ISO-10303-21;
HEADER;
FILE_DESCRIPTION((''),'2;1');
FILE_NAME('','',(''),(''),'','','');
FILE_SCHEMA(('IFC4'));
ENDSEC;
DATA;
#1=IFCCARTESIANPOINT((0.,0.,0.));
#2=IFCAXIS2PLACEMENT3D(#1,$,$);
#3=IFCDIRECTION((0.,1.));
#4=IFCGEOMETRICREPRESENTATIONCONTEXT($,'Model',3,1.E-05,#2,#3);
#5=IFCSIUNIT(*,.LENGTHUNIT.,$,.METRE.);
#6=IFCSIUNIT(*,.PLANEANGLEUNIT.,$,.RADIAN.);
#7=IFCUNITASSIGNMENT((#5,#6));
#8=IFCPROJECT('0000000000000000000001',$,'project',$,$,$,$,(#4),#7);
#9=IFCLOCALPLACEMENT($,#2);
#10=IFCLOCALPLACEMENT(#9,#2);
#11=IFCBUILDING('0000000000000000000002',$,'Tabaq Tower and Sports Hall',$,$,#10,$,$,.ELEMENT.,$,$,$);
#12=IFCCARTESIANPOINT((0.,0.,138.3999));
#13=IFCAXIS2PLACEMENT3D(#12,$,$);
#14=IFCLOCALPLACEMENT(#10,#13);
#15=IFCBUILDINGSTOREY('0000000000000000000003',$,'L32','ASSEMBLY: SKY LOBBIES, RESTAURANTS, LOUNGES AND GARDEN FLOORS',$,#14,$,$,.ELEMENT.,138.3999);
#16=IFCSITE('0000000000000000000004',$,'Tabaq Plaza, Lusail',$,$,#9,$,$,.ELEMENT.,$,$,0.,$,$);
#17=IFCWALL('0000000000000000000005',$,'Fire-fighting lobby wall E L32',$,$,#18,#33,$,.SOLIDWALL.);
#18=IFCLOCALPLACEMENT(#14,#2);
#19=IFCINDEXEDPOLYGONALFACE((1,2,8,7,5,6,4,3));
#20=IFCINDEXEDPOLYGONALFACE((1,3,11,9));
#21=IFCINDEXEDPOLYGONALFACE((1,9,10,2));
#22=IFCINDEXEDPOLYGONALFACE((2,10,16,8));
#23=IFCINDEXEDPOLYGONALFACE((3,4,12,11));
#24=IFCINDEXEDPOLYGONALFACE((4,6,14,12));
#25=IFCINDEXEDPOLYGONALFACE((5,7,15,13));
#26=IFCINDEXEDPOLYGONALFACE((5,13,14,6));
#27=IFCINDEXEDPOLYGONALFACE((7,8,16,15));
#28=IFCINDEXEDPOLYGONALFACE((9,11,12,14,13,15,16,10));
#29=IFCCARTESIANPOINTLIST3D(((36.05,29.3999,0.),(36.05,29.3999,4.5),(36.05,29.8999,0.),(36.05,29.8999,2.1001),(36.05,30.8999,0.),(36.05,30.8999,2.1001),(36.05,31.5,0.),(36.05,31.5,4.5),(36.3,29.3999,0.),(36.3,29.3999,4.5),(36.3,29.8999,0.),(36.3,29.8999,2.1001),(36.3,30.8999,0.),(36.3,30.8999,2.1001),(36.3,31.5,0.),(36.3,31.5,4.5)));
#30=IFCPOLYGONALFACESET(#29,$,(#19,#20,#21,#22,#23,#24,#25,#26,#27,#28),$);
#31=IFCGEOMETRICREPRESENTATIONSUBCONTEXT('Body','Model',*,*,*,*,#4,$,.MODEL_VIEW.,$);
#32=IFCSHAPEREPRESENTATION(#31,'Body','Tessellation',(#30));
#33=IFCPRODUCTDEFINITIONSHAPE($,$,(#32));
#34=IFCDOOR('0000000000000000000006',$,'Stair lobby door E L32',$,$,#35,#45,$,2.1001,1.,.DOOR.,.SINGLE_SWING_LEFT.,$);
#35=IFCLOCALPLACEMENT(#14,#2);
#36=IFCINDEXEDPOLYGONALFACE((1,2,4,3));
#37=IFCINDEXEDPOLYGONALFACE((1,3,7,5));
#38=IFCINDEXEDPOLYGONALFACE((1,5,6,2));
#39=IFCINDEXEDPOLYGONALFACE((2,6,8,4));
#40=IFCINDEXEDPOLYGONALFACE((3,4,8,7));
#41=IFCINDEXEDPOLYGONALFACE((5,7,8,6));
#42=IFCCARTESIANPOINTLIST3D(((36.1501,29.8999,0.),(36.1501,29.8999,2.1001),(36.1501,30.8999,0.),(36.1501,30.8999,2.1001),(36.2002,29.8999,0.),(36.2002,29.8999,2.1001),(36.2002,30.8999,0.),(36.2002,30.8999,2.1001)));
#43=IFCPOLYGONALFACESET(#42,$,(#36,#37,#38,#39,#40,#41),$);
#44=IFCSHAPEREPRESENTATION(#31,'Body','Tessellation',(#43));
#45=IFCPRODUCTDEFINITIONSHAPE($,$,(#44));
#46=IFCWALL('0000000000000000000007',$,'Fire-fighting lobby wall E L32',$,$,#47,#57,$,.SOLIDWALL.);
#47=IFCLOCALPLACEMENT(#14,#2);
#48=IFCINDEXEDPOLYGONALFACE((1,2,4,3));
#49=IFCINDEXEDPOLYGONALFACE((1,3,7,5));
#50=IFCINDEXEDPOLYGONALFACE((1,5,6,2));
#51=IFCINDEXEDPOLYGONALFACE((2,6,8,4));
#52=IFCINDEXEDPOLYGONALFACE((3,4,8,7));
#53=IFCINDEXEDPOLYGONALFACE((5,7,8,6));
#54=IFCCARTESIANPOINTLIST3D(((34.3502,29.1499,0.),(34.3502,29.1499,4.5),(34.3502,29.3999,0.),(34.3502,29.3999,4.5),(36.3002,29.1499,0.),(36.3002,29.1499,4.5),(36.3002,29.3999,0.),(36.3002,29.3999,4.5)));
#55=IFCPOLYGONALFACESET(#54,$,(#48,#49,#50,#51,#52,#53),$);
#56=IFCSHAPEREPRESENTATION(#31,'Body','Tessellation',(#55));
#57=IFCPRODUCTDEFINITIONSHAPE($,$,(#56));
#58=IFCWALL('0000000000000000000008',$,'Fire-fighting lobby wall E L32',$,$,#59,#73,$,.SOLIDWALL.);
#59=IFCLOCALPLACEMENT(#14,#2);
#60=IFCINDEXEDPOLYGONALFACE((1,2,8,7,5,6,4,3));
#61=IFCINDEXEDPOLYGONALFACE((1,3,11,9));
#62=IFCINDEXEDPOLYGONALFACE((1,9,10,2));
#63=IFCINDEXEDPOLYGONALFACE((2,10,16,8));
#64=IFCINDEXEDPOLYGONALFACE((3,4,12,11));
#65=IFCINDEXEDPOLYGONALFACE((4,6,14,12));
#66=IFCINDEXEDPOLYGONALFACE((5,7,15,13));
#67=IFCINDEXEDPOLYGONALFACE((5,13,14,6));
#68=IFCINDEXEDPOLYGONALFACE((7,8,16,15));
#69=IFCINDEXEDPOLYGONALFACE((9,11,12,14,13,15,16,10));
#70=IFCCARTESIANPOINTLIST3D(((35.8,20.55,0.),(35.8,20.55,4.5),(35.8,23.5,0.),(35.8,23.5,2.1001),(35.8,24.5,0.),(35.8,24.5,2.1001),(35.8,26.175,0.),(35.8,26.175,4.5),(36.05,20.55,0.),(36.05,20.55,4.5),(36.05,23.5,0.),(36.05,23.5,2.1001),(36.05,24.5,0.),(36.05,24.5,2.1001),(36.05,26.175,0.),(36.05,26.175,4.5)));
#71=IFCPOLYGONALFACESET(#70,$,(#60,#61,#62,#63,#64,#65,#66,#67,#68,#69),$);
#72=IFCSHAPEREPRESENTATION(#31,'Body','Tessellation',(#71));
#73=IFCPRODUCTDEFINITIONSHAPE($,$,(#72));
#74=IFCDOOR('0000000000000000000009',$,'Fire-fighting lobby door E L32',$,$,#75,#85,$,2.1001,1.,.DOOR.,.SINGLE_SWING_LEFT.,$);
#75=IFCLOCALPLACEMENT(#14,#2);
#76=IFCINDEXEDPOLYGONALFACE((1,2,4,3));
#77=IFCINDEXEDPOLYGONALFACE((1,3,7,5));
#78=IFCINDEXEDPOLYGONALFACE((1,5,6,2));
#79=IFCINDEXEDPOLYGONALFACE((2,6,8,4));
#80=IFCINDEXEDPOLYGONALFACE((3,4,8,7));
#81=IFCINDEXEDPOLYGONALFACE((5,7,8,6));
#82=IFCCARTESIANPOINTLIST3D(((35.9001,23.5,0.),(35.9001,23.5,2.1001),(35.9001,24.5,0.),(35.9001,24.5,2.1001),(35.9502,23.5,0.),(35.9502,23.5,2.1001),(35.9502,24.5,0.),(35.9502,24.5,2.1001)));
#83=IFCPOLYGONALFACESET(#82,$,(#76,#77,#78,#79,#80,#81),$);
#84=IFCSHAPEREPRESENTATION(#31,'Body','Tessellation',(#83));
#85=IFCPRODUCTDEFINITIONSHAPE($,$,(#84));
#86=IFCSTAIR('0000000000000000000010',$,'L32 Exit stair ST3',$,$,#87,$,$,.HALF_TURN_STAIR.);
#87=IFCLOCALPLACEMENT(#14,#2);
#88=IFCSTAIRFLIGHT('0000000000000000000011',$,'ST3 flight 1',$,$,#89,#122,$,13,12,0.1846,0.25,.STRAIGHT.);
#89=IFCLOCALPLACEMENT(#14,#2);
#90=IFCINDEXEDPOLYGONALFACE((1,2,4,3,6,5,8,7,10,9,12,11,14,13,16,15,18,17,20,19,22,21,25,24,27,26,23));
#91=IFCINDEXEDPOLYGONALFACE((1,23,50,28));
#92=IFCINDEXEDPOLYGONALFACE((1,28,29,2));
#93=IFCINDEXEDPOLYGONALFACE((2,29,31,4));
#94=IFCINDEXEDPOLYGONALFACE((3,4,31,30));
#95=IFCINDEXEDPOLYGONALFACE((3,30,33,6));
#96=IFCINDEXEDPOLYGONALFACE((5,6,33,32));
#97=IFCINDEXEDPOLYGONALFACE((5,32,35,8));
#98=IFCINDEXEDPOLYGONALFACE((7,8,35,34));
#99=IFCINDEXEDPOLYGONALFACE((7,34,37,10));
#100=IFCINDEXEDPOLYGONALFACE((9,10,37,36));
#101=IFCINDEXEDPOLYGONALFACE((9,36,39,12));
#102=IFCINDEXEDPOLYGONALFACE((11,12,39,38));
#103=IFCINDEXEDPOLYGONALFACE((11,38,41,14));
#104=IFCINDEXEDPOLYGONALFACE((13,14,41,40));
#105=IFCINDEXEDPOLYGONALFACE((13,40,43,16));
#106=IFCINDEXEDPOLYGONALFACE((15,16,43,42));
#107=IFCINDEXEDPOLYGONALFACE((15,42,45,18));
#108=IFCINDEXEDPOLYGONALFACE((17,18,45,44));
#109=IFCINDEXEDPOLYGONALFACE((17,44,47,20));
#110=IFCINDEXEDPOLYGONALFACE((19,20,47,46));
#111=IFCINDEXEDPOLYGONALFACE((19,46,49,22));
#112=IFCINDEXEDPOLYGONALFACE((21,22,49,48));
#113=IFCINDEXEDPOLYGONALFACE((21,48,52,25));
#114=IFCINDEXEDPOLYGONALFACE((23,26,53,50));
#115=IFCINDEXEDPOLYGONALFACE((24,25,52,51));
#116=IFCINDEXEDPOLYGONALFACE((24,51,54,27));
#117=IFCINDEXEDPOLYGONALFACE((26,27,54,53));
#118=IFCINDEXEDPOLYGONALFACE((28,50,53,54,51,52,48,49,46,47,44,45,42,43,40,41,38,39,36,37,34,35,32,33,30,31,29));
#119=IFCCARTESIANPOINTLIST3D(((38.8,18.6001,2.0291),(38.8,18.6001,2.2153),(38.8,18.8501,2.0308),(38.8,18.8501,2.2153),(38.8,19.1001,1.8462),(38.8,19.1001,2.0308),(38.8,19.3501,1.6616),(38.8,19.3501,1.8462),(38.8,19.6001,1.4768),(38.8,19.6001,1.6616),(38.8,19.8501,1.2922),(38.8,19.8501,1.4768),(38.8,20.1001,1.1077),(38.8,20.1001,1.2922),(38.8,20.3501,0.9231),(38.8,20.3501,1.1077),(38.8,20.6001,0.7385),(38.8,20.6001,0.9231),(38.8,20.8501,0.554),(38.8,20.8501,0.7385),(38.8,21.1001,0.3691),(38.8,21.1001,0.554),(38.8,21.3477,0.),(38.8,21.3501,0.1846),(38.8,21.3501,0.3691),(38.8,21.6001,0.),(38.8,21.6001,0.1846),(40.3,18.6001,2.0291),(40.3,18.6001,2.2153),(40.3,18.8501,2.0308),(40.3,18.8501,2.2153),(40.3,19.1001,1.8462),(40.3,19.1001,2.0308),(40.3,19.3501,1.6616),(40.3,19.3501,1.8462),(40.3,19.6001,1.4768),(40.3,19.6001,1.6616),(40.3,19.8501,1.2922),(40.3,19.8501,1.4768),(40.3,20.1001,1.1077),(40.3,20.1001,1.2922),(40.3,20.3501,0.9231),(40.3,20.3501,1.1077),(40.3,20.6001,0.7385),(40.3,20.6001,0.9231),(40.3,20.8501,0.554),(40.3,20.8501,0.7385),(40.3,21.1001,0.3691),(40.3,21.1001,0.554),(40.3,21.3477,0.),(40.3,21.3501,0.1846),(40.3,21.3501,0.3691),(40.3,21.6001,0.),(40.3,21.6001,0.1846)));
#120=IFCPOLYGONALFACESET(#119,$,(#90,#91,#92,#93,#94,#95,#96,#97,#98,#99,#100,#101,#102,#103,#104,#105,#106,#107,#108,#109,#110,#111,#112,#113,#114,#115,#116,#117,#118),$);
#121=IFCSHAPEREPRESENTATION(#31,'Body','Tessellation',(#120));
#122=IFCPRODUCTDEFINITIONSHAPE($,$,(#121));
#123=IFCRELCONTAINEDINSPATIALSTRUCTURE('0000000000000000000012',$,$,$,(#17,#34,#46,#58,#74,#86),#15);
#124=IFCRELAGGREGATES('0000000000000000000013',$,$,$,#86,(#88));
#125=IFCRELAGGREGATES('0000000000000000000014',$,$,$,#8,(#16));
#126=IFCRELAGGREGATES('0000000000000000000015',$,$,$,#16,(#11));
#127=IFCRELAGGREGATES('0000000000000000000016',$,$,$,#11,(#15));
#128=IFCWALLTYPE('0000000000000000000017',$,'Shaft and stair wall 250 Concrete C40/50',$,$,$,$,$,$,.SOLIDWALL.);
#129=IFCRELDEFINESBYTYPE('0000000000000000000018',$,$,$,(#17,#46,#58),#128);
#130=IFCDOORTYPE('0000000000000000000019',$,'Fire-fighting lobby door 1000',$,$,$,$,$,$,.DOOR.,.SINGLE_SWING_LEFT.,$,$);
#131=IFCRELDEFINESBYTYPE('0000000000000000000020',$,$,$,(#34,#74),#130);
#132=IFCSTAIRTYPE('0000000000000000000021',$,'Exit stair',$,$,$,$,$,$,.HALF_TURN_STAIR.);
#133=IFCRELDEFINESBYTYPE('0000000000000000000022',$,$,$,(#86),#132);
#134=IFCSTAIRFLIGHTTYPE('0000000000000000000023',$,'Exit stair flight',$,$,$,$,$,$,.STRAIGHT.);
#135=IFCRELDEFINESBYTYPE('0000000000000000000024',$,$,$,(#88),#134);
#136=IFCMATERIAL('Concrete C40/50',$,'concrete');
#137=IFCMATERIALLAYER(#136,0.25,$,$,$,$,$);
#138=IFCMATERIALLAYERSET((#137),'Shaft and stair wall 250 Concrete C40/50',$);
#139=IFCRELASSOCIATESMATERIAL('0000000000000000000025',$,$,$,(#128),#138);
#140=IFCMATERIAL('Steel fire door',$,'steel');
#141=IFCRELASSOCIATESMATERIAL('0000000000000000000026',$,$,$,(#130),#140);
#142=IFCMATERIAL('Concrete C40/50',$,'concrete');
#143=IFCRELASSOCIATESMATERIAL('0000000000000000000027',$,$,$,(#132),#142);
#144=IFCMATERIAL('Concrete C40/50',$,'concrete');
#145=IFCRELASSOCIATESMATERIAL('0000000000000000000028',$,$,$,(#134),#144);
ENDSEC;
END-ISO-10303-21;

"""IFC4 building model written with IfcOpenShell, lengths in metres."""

from ifc_helpers import new_model, si_unit, direction, frame, frame_2d, origin, place, context, subcontext, project, spatial, polyline, rectangle, outline, extrude, material, layer, layer_set, type_object, element, fill, aggregate, save


model = new_model("IFC4")

# Units and contexts
model_context = context("Model", 3, precision=1e-05, world=origin(), true_north=direction((0.0, 1.0)))
body_context = subcontext(model_context, "Body", "Model", "MODEL_VIEW")
ifc_project = project(units=[si_unit("LENGTHUNIT", "METRE"), si_unit("PLANEANGLEUNIT", "RADIAN")], contexts=[model_context])

# Site, building, storey
site_placement = place(None, origin())
site = spatial("IfcSite", under=ifc_project, at=site_placement, Name="Tabaq Plaza, Lusail", CompositionType="ELEMENT", RefElevation=0.0)
building_placement = place(site_placement, origin())
building = spatial("IfcBuilding", under=site, at=building_placement, Name="Tabaq Tower and Sports Hall", CompositionType="ELEMENT")
storey_placement = place(building_placement, frame((0.0, 0.0, 138.3999)))
storey = spatial("IfcBuildingStorey", under=building, at=storey_placement, Name="L32", Description="ASSEMBLY: SKY LOBBIES, RESTAURANTS, LOUNGES AND GARDEN FLOORS", CompositionType="ELEMENT", Elevation=138.3999)

# Shared definitions
ifc_material_1 = material(Name="Concrete C40/50", Category="concrete")
ifc_layer_1 = layer(ifc_material_1, 0.25)
ifc_layer_set_1 = layer_set([ifc_layer_1], Name="Shaft and stair wall 250 Concrete C40/50")
wall_type_1 = type_object("IfcWallType", Name="Shaft and stair wall 250 Concrete C40/50", PredefinedType="SOLIDWALL", material=ifc_layer_set_1)

# Wall, opening, door
wall_1_placement = place(storey_placement, frame((36.175, 29.3999, 0.0), z_axis=(0.0, 0.0, 1.0), x_axis=(0.0, 1.0, 0.0)))
wall_1 = element("IfcWall", 1, at=wall_1_placement, inside=storey, type_object=wall_type_1, Name="Fire-fighting lobby wall E L32", PredefinedType="SOLIDWALL", context=body_context, shape_type="SweptSolid", body=[
    extrude(rectangle(XDim=2.1001, YDim=0.25, at=frame_2d((1.05, 0.0))), origin(), (0.0, 0.0, 1.0), 4.5),
])
opening_1_placement = place(wall_1_placement, frame((0.5, 0.0, 0.0)))
opening_1 = element("IfcOpeningElement", 2, at=opening_1_placement, cuts=wall_1, PredefinedType="OPENING", context=body_context, shape_type="SweptSolid", body=[
    extrude(rectangle(XDim=1.0, YDim=2.1001, at=frame_2d((0.5, 1.05))), frame((0.0, 0.125, 0.0), z_axis=(0.0, -1.0, 0.0), x_axis=(1.0, 0.0, 0.0)), (0.0, 0.0, 1.0), 0.25),
])
ifc_material_2 = material(Name="Steel fire door", Category="steel")
door_type_1 = type_object("IfcDoorType", Name="Fire-fighting lobby door 1000", OperationType="SINGLE_SWING_LEFT", PredefinedType="DOOR", material=ifc_material_2)
door_1_placement = place(opening_1_placement, origin())
door_1 = element("IfcDoor", 3, at=door_1_placement, inside=storey, type_object=door_type_1, Name="Stair lobby door E L32", OperationType="SINGLE_SWING_LEFT", OverallHeight=2.1001, OverallWidth=1.0, PredefinedType="DOOR", context=body_context, shape_type="SweptSolid", body=[
    extrude(rectangle(XDim=1.0, YDim=2.1001, at=frame_2d((0.5, 1.05))), frame((0.0, 0.0249, 0.0), z_axis=(0.0, -1.0, 0.0), x_axis=(1.0, 0.0, 0.0)), (0.0, 0.0, 1.0), 0.05),
])
fill(opening_1, door_1)

# Wall
wall_2_placement = place(storey_placement, frame((34.3501, 29.2749, 0.0), z_axis=(0.0, 0.0, 1.0), x_axis=(1.0, 0.0, 0.0)))
element("IfcWall", 4, at=wall_2_placement, inside=storey, type_object=wall_type_1, Name="Fire-fighting lobby wall E L32", PredefinedType="SOLIDWALL", context=body_context, shape_type="SweptSolid", body=[
    extrude(rectangle(XDim=1.95, YDim=0.25, at=frame_2d((0.9751, 0.0))), origin(), (0.0, 0.0, 1.0), 4.5),
])

# Wall, opening, door
wall_3_placement = place(storey_placement, frame((35.925, 20.55, 0.0), z_axis=(0.0, 0.0, 1.0), x_axis=(0.0, 1.0, 0.0)))
wall_3 = element("IfcWall", 5, at=wall_3_placement, inside=storey, type_object=wall_type_1, Name="Fire-fighting lobby wall E L32", PredefinedType="SOLIDWALL", context=body_context, shape_type="SweptSolid", body=[
    extrude(rectangle(XDim=5.625, YDim=0.25, at=frame_2d((2.8125, 0.0))), origin(), (0.0, 0.0, 1.0), 4.5),
])
opening_2_placement = place(wall_3_placement, frame((2.95, 0.0, 0.0)))
opening_2 = element("IfcOpeningElement", 6, at=opening_2_placement, cuts=wall_3, PredefinedType="OPENING", context=body_context, shape_type="SweptSolid", body=[
    extrude(rectangle(XDim=1.0, YDim=2.1001, at=frame_2d((0.5, 1.05))), frame((0.0, 0.125, 0.0), z_axis=(0.0, -1.0, 0.0), x_axis=(1.0, 0.0, 0.0)), (0.0, 0.0, 1.0), 0.25),
])
door_2_placement = place(opening_2_placement, origin())
door_2 = element("IfcDoor", 7, at=door_2_placement, inside=storey, type_object=door_type_1, Name="Fire-fighting lobby door E L32", OperationType="SINGLE_SWING_LEFT", OverallHeight=2.1001, OverallWidth=1.0, PredefinedType="DOOR", context=body_context, shape_type="SweptSolid", body=[
    extrude(rectangle(XDim=1.0, YDim=2.1001, at=frame_2d((0.5, 1.05))), frame((0.0, 0.0249, 0.0), z_axis=(0.0, -1.0, 0.0), x_axis=(1.0, 0.0, 0.0)), (0.0, 0.0, 1.0), 0.05),
])
fill(opening_2, door_2)

# Stair, stair flight
ifc_material_3 = material(Name="Concrete C40/50", Category="concrete")
stair_type = type_object("IfcStairType", Name="Exit stair", PredefinedType="HALF_TURN_STAIR", material=ifc_material_3)
stair_placement = place(storey_placement, origin())
stair = element("IfcStair", 8, at=stair_placement, inside=storey, type_object=stair_type, Name="L32 Exit stair ST3", PredefinedType="HALF_TURN_STAIR")
ifc_material_4 = material(Name="Concrete C40/50", Category="concrete")
stair_flight_type = type_object("IfcStairFlightType", Name="Exit stair flight", PredefinedType="STRAIGHT", material=ifc_material_4)
stair_flight_placement = place(storey_placement, frame((39.55, 21.6001, 0.0), z_axis=(0.0, 0.0, 1.0), x_axis=(0.0, -1.0, 0.0)))
stair_flight = element("IfcStairFlight", 9, at=stair_flight_placement, type_object=stair_flight_type, Name="ST3 flight 1", NumberOfRisers=13, NumberOfTreads=12, PredefinedType="STRAIGHT", RiserHeight=0.1846, TreadLength=0.25, context=body_context, shape_type="SweptSolid", body=[
    extrude(outline(polyline([(0.0, 0.0), (0.0, 0.1846), (0.25, 0.1846), (0.25, 0.3691), (0.5, 0.3691), (0.5, 0.554), (0.75, 0.554), (0.75, 0.7385), (1.0, 0.7385), (1.0, 0.9231), (1.25, 0.9231), (1.25, 1.1077), (1.5, 1.1077), (1.5, 1.2922), (1.75, 1.2922), (1.75, 1.4768), (2.0, 1.4768), (2.0, 1.6616), (2.25, 1.6616), (2.25, 1.8462), (2.5, 1.8462), (2.5, 2.0308), (2.75, 2.0308), (2.75, 2.2153), (3.0, 2.2153), (3.0, 2.3999), (3.0, 2.0291), (0.2524, 0.0), (0.0, 0.0)])), frame((0.0, 0.75, 0.0), z_axis=(0.0, -1.0, 0.0), x_axis=(1.0, 0.0, 0.0)), (0.0, 0.0, 1.0), 1.5),
])
aggregate(stair, [stair_flight])

save(model, "model.ifc")
